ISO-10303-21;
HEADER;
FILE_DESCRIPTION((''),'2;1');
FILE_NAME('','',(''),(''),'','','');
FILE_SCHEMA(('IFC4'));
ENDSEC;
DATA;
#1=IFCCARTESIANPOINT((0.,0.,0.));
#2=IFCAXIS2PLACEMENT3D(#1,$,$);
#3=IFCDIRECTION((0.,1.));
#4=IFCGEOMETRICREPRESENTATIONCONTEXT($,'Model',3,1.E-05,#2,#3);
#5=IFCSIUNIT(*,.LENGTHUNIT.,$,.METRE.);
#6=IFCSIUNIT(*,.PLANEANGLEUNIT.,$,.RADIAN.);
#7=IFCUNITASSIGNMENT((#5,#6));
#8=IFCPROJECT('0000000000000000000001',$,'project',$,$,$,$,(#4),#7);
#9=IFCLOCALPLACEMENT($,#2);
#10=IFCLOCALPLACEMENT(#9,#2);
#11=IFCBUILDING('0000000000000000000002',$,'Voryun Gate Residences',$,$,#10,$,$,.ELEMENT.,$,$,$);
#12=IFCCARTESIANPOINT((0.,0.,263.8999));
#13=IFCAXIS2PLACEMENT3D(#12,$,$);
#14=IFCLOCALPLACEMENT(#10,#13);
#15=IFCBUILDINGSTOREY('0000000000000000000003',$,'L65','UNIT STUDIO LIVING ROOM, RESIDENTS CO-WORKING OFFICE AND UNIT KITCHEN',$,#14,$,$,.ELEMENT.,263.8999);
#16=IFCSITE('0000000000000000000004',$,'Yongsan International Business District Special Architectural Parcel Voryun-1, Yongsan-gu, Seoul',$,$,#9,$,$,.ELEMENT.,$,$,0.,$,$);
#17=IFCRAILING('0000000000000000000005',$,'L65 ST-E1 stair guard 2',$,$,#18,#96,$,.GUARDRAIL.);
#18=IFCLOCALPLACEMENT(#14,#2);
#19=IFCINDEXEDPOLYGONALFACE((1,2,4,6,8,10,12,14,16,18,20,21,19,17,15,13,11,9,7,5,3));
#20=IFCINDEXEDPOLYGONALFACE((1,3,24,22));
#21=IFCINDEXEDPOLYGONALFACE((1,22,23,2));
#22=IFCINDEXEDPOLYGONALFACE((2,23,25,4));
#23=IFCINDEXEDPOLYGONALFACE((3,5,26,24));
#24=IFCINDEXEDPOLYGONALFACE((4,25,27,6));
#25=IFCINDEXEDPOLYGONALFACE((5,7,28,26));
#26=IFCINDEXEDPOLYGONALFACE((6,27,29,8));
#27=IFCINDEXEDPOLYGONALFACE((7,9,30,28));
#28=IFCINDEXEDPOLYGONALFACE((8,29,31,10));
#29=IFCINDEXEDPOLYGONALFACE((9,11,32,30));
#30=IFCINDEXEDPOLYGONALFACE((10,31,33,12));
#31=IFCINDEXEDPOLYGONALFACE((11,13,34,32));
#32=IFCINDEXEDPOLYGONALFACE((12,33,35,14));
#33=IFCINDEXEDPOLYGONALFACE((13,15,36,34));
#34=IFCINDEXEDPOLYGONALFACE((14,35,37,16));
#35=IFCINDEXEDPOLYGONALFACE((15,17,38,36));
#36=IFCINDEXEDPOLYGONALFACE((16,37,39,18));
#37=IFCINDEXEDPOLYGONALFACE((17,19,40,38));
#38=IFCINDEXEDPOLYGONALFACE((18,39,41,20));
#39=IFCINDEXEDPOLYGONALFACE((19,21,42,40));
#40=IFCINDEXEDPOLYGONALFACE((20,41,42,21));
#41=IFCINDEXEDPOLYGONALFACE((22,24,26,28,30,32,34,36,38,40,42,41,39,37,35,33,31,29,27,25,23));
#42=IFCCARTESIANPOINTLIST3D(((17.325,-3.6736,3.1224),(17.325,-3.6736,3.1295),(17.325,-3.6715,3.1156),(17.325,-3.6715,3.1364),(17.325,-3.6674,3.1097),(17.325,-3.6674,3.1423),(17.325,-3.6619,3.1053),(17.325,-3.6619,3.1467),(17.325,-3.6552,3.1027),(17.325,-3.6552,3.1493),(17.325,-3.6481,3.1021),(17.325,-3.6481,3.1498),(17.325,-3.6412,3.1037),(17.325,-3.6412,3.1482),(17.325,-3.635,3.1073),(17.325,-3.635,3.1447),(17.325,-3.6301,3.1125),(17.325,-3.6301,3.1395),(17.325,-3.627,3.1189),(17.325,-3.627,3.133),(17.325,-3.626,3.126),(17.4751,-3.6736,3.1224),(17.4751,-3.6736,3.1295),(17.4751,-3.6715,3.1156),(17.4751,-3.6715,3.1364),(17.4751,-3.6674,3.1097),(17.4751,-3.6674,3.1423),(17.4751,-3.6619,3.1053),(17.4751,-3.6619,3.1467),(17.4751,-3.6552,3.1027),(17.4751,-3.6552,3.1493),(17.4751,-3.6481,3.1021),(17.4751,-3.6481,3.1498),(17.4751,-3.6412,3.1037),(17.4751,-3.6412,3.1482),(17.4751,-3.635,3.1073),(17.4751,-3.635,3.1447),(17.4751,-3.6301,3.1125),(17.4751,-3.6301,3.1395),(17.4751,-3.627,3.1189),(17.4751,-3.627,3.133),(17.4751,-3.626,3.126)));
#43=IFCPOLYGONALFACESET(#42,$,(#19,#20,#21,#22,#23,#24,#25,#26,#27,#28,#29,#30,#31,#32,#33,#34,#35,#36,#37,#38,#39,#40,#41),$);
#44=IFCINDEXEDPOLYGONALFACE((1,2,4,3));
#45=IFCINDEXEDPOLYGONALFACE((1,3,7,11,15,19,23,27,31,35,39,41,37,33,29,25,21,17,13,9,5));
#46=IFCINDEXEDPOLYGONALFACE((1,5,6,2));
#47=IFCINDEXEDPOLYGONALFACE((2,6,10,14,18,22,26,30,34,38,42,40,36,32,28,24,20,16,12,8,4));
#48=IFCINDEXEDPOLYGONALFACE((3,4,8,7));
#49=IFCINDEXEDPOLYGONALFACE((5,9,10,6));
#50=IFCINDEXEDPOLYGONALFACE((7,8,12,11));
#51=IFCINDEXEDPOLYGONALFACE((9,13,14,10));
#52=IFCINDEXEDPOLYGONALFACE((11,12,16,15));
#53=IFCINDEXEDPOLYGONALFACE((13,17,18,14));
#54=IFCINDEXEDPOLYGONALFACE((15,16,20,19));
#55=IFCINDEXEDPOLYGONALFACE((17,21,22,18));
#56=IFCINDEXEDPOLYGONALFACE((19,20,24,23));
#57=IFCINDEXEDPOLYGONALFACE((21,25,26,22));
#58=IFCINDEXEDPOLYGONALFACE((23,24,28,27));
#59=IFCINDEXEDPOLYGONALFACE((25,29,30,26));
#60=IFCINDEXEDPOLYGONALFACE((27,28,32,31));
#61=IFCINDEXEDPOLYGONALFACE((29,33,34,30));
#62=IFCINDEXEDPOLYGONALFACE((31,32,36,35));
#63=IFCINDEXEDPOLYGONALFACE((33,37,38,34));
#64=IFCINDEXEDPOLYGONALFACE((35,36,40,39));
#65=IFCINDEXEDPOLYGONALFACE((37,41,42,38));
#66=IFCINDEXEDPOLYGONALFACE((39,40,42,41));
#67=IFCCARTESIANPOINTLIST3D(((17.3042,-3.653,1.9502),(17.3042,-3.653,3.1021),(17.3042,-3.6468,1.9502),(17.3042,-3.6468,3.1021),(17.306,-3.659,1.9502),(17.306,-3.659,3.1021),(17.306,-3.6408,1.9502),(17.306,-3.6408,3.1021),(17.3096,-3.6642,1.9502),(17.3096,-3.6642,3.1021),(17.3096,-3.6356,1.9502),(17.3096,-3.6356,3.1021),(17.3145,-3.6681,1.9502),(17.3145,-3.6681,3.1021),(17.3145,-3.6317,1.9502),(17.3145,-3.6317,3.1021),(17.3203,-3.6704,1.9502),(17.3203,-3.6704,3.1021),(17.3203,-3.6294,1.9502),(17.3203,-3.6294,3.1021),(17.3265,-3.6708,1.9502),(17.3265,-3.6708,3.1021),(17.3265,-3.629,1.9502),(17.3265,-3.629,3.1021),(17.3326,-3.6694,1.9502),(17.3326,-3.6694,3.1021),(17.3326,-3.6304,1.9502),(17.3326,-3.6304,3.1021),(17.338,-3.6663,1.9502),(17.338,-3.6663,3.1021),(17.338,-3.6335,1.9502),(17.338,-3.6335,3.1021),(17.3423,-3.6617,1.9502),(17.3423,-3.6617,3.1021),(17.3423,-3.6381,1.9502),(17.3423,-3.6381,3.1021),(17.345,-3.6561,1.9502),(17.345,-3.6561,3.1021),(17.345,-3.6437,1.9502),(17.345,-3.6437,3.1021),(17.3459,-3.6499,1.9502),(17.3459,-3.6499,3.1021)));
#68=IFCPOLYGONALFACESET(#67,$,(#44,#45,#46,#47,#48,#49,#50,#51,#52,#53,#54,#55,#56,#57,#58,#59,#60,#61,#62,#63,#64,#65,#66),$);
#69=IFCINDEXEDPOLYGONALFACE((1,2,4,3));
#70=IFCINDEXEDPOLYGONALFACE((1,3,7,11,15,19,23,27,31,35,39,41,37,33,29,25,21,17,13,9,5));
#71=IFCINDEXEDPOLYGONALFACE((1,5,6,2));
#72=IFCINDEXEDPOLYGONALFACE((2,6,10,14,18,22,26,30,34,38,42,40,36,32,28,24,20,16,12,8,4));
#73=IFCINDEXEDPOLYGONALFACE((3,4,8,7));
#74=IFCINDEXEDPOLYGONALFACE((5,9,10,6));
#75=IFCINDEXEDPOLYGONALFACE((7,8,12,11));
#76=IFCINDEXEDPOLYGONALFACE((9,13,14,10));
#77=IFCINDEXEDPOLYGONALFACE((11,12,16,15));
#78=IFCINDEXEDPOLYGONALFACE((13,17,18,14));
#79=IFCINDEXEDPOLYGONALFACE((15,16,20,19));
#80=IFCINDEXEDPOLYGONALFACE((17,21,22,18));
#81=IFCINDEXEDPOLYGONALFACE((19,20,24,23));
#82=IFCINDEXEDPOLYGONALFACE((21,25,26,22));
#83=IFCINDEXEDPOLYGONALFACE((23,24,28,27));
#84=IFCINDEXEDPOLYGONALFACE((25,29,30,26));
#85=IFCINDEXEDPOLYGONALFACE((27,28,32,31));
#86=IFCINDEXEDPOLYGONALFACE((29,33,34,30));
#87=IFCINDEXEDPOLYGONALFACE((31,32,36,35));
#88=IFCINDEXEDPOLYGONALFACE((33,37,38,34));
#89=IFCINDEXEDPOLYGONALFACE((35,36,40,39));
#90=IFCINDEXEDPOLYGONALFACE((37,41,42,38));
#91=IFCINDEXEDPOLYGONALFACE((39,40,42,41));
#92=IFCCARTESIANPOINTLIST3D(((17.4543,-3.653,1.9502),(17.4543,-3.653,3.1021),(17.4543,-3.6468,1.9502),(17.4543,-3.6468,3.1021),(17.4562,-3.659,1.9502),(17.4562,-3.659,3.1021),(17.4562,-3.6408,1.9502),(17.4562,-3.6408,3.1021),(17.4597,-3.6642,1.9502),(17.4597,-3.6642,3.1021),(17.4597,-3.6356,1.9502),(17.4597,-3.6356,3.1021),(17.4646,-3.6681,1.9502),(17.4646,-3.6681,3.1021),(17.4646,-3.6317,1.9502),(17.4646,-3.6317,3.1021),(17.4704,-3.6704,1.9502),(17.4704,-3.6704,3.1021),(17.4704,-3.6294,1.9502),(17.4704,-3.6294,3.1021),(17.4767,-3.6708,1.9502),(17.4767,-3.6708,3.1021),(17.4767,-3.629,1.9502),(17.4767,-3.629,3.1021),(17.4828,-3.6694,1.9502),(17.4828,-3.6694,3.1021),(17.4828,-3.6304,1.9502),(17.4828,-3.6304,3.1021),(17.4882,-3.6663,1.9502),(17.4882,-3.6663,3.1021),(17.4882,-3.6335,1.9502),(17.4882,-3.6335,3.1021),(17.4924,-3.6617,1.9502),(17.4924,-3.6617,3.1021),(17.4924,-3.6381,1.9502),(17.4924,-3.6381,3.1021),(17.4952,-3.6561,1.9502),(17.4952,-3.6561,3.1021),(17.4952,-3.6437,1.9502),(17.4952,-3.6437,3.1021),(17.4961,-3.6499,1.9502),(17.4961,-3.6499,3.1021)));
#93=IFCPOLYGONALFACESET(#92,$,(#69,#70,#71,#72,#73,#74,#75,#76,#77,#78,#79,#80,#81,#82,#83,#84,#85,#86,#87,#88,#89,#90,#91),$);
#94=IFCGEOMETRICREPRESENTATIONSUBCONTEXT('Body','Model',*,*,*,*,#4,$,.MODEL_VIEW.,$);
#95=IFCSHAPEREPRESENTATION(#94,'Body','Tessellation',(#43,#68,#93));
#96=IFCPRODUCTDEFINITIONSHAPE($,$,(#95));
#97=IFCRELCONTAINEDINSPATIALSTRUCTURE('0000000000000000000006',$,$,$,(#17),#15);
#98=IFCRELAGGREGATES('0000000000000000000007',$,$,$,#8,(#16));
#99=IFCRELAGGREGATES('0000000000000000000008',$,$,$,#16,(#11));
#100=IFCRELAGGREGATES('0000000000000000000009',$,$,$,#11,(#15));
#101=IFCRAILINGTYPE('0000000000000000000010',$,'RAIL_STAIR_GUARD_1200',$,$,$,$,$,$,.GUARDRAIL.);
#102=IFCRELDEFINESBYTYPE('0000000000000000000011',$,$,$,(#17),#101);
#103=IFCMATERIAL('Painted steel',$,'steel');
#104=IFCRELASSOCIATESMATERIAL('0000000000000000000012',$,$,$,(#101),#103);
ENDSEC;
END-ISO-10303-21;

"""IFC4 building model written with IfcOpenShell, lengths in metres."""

from ifc_helpers import new_model, si_unit, direction, frame, origin, origin_2d, place, context, subcontext, project, spatial, circle, extrude, material, type_object, element, save


model = new_model("IFC4")

# Units and contexts
model_context = context("Model", 3, precision=1e-05, world=origin(), true_north=direction((0.0, 1.0)))
body_context = subcontext(model_context, "Body", "Model", "MODEL_VIEW")
ifc_project = project(units=[si_unit("LENGTHUNIT", "METRE"), si_unit("PLANEANGLEUNIT", "RADIAN")], contexts=[model_context])

# Site, building, storey
site_placement = place(None, origin())
site = spatial("IfcSite", under=ifc_project, at=site_placement, Name="Yongsan International Business District Special Architectural Parcel Voryun-1, Yongsan-gu, Seoul", CompositionType="ELEMENT", RefElevation=0.0)
building_placement = place(site_placement, origin())
building = spatial("IfcBuilding", under=site, at=building_placement, Name="Voryun Gate Residences", CompositionType="ELEMENT")
storey_placement = place(building_placement, frame((0.0, 0.0, 263.8999)))
storey = spatial("IfcBuildingStorey", under=building, at=storey_placement, Name="L65", Description="UNIT STUDIO LIVING ROOM, RESIDENTS CO-WORKING OFFICE AND UNIT KITCHEN", CompositionType="ELEMENT", Elevation=263.8999)

# Railing
ifc_material_1 = material(Name="Painted steel", Category="steel")
railing_type_1 = type_object("IfcRailingType", Name="RAIL_STAIR_GUARD_1200", PredefinedType="GUARDRAIL", material=ifc_material_1)
railing_1_placement = place(storey_placement, frame((17.325, -3.6499, 1.9502)))
element("IfcRailing", 1, at=railing_1_placement, inside=storey, type_object=railing_type_1, Name="L65 ST-E1 stair guard 2", PredefinedType="GUARDRAIL", context=body_context, shape_type="SweptSolid", body=[
    extrude(circle(Radius=0.0239, at=origin_2d()), frame((0.0, 0.0, 1.1758), z_axis=(1.0, 0.0, 0.0), x_axis=(0.0, 1.0, 0.0)), (0.0, 0.0, 1.0), 0.1501),
    extrude(circle(Radius=0.021, at=origin_2d()), origin(), (0.0, 0.0, 1.0), 1.1519),
    extrude(circle(Radius=0.021, at=origin_2d()), frame((0.1501, 0.0, 0.0)), (0.0, 0.0, 1.0), 1.1519),
])

save(model, "model.ifc")
